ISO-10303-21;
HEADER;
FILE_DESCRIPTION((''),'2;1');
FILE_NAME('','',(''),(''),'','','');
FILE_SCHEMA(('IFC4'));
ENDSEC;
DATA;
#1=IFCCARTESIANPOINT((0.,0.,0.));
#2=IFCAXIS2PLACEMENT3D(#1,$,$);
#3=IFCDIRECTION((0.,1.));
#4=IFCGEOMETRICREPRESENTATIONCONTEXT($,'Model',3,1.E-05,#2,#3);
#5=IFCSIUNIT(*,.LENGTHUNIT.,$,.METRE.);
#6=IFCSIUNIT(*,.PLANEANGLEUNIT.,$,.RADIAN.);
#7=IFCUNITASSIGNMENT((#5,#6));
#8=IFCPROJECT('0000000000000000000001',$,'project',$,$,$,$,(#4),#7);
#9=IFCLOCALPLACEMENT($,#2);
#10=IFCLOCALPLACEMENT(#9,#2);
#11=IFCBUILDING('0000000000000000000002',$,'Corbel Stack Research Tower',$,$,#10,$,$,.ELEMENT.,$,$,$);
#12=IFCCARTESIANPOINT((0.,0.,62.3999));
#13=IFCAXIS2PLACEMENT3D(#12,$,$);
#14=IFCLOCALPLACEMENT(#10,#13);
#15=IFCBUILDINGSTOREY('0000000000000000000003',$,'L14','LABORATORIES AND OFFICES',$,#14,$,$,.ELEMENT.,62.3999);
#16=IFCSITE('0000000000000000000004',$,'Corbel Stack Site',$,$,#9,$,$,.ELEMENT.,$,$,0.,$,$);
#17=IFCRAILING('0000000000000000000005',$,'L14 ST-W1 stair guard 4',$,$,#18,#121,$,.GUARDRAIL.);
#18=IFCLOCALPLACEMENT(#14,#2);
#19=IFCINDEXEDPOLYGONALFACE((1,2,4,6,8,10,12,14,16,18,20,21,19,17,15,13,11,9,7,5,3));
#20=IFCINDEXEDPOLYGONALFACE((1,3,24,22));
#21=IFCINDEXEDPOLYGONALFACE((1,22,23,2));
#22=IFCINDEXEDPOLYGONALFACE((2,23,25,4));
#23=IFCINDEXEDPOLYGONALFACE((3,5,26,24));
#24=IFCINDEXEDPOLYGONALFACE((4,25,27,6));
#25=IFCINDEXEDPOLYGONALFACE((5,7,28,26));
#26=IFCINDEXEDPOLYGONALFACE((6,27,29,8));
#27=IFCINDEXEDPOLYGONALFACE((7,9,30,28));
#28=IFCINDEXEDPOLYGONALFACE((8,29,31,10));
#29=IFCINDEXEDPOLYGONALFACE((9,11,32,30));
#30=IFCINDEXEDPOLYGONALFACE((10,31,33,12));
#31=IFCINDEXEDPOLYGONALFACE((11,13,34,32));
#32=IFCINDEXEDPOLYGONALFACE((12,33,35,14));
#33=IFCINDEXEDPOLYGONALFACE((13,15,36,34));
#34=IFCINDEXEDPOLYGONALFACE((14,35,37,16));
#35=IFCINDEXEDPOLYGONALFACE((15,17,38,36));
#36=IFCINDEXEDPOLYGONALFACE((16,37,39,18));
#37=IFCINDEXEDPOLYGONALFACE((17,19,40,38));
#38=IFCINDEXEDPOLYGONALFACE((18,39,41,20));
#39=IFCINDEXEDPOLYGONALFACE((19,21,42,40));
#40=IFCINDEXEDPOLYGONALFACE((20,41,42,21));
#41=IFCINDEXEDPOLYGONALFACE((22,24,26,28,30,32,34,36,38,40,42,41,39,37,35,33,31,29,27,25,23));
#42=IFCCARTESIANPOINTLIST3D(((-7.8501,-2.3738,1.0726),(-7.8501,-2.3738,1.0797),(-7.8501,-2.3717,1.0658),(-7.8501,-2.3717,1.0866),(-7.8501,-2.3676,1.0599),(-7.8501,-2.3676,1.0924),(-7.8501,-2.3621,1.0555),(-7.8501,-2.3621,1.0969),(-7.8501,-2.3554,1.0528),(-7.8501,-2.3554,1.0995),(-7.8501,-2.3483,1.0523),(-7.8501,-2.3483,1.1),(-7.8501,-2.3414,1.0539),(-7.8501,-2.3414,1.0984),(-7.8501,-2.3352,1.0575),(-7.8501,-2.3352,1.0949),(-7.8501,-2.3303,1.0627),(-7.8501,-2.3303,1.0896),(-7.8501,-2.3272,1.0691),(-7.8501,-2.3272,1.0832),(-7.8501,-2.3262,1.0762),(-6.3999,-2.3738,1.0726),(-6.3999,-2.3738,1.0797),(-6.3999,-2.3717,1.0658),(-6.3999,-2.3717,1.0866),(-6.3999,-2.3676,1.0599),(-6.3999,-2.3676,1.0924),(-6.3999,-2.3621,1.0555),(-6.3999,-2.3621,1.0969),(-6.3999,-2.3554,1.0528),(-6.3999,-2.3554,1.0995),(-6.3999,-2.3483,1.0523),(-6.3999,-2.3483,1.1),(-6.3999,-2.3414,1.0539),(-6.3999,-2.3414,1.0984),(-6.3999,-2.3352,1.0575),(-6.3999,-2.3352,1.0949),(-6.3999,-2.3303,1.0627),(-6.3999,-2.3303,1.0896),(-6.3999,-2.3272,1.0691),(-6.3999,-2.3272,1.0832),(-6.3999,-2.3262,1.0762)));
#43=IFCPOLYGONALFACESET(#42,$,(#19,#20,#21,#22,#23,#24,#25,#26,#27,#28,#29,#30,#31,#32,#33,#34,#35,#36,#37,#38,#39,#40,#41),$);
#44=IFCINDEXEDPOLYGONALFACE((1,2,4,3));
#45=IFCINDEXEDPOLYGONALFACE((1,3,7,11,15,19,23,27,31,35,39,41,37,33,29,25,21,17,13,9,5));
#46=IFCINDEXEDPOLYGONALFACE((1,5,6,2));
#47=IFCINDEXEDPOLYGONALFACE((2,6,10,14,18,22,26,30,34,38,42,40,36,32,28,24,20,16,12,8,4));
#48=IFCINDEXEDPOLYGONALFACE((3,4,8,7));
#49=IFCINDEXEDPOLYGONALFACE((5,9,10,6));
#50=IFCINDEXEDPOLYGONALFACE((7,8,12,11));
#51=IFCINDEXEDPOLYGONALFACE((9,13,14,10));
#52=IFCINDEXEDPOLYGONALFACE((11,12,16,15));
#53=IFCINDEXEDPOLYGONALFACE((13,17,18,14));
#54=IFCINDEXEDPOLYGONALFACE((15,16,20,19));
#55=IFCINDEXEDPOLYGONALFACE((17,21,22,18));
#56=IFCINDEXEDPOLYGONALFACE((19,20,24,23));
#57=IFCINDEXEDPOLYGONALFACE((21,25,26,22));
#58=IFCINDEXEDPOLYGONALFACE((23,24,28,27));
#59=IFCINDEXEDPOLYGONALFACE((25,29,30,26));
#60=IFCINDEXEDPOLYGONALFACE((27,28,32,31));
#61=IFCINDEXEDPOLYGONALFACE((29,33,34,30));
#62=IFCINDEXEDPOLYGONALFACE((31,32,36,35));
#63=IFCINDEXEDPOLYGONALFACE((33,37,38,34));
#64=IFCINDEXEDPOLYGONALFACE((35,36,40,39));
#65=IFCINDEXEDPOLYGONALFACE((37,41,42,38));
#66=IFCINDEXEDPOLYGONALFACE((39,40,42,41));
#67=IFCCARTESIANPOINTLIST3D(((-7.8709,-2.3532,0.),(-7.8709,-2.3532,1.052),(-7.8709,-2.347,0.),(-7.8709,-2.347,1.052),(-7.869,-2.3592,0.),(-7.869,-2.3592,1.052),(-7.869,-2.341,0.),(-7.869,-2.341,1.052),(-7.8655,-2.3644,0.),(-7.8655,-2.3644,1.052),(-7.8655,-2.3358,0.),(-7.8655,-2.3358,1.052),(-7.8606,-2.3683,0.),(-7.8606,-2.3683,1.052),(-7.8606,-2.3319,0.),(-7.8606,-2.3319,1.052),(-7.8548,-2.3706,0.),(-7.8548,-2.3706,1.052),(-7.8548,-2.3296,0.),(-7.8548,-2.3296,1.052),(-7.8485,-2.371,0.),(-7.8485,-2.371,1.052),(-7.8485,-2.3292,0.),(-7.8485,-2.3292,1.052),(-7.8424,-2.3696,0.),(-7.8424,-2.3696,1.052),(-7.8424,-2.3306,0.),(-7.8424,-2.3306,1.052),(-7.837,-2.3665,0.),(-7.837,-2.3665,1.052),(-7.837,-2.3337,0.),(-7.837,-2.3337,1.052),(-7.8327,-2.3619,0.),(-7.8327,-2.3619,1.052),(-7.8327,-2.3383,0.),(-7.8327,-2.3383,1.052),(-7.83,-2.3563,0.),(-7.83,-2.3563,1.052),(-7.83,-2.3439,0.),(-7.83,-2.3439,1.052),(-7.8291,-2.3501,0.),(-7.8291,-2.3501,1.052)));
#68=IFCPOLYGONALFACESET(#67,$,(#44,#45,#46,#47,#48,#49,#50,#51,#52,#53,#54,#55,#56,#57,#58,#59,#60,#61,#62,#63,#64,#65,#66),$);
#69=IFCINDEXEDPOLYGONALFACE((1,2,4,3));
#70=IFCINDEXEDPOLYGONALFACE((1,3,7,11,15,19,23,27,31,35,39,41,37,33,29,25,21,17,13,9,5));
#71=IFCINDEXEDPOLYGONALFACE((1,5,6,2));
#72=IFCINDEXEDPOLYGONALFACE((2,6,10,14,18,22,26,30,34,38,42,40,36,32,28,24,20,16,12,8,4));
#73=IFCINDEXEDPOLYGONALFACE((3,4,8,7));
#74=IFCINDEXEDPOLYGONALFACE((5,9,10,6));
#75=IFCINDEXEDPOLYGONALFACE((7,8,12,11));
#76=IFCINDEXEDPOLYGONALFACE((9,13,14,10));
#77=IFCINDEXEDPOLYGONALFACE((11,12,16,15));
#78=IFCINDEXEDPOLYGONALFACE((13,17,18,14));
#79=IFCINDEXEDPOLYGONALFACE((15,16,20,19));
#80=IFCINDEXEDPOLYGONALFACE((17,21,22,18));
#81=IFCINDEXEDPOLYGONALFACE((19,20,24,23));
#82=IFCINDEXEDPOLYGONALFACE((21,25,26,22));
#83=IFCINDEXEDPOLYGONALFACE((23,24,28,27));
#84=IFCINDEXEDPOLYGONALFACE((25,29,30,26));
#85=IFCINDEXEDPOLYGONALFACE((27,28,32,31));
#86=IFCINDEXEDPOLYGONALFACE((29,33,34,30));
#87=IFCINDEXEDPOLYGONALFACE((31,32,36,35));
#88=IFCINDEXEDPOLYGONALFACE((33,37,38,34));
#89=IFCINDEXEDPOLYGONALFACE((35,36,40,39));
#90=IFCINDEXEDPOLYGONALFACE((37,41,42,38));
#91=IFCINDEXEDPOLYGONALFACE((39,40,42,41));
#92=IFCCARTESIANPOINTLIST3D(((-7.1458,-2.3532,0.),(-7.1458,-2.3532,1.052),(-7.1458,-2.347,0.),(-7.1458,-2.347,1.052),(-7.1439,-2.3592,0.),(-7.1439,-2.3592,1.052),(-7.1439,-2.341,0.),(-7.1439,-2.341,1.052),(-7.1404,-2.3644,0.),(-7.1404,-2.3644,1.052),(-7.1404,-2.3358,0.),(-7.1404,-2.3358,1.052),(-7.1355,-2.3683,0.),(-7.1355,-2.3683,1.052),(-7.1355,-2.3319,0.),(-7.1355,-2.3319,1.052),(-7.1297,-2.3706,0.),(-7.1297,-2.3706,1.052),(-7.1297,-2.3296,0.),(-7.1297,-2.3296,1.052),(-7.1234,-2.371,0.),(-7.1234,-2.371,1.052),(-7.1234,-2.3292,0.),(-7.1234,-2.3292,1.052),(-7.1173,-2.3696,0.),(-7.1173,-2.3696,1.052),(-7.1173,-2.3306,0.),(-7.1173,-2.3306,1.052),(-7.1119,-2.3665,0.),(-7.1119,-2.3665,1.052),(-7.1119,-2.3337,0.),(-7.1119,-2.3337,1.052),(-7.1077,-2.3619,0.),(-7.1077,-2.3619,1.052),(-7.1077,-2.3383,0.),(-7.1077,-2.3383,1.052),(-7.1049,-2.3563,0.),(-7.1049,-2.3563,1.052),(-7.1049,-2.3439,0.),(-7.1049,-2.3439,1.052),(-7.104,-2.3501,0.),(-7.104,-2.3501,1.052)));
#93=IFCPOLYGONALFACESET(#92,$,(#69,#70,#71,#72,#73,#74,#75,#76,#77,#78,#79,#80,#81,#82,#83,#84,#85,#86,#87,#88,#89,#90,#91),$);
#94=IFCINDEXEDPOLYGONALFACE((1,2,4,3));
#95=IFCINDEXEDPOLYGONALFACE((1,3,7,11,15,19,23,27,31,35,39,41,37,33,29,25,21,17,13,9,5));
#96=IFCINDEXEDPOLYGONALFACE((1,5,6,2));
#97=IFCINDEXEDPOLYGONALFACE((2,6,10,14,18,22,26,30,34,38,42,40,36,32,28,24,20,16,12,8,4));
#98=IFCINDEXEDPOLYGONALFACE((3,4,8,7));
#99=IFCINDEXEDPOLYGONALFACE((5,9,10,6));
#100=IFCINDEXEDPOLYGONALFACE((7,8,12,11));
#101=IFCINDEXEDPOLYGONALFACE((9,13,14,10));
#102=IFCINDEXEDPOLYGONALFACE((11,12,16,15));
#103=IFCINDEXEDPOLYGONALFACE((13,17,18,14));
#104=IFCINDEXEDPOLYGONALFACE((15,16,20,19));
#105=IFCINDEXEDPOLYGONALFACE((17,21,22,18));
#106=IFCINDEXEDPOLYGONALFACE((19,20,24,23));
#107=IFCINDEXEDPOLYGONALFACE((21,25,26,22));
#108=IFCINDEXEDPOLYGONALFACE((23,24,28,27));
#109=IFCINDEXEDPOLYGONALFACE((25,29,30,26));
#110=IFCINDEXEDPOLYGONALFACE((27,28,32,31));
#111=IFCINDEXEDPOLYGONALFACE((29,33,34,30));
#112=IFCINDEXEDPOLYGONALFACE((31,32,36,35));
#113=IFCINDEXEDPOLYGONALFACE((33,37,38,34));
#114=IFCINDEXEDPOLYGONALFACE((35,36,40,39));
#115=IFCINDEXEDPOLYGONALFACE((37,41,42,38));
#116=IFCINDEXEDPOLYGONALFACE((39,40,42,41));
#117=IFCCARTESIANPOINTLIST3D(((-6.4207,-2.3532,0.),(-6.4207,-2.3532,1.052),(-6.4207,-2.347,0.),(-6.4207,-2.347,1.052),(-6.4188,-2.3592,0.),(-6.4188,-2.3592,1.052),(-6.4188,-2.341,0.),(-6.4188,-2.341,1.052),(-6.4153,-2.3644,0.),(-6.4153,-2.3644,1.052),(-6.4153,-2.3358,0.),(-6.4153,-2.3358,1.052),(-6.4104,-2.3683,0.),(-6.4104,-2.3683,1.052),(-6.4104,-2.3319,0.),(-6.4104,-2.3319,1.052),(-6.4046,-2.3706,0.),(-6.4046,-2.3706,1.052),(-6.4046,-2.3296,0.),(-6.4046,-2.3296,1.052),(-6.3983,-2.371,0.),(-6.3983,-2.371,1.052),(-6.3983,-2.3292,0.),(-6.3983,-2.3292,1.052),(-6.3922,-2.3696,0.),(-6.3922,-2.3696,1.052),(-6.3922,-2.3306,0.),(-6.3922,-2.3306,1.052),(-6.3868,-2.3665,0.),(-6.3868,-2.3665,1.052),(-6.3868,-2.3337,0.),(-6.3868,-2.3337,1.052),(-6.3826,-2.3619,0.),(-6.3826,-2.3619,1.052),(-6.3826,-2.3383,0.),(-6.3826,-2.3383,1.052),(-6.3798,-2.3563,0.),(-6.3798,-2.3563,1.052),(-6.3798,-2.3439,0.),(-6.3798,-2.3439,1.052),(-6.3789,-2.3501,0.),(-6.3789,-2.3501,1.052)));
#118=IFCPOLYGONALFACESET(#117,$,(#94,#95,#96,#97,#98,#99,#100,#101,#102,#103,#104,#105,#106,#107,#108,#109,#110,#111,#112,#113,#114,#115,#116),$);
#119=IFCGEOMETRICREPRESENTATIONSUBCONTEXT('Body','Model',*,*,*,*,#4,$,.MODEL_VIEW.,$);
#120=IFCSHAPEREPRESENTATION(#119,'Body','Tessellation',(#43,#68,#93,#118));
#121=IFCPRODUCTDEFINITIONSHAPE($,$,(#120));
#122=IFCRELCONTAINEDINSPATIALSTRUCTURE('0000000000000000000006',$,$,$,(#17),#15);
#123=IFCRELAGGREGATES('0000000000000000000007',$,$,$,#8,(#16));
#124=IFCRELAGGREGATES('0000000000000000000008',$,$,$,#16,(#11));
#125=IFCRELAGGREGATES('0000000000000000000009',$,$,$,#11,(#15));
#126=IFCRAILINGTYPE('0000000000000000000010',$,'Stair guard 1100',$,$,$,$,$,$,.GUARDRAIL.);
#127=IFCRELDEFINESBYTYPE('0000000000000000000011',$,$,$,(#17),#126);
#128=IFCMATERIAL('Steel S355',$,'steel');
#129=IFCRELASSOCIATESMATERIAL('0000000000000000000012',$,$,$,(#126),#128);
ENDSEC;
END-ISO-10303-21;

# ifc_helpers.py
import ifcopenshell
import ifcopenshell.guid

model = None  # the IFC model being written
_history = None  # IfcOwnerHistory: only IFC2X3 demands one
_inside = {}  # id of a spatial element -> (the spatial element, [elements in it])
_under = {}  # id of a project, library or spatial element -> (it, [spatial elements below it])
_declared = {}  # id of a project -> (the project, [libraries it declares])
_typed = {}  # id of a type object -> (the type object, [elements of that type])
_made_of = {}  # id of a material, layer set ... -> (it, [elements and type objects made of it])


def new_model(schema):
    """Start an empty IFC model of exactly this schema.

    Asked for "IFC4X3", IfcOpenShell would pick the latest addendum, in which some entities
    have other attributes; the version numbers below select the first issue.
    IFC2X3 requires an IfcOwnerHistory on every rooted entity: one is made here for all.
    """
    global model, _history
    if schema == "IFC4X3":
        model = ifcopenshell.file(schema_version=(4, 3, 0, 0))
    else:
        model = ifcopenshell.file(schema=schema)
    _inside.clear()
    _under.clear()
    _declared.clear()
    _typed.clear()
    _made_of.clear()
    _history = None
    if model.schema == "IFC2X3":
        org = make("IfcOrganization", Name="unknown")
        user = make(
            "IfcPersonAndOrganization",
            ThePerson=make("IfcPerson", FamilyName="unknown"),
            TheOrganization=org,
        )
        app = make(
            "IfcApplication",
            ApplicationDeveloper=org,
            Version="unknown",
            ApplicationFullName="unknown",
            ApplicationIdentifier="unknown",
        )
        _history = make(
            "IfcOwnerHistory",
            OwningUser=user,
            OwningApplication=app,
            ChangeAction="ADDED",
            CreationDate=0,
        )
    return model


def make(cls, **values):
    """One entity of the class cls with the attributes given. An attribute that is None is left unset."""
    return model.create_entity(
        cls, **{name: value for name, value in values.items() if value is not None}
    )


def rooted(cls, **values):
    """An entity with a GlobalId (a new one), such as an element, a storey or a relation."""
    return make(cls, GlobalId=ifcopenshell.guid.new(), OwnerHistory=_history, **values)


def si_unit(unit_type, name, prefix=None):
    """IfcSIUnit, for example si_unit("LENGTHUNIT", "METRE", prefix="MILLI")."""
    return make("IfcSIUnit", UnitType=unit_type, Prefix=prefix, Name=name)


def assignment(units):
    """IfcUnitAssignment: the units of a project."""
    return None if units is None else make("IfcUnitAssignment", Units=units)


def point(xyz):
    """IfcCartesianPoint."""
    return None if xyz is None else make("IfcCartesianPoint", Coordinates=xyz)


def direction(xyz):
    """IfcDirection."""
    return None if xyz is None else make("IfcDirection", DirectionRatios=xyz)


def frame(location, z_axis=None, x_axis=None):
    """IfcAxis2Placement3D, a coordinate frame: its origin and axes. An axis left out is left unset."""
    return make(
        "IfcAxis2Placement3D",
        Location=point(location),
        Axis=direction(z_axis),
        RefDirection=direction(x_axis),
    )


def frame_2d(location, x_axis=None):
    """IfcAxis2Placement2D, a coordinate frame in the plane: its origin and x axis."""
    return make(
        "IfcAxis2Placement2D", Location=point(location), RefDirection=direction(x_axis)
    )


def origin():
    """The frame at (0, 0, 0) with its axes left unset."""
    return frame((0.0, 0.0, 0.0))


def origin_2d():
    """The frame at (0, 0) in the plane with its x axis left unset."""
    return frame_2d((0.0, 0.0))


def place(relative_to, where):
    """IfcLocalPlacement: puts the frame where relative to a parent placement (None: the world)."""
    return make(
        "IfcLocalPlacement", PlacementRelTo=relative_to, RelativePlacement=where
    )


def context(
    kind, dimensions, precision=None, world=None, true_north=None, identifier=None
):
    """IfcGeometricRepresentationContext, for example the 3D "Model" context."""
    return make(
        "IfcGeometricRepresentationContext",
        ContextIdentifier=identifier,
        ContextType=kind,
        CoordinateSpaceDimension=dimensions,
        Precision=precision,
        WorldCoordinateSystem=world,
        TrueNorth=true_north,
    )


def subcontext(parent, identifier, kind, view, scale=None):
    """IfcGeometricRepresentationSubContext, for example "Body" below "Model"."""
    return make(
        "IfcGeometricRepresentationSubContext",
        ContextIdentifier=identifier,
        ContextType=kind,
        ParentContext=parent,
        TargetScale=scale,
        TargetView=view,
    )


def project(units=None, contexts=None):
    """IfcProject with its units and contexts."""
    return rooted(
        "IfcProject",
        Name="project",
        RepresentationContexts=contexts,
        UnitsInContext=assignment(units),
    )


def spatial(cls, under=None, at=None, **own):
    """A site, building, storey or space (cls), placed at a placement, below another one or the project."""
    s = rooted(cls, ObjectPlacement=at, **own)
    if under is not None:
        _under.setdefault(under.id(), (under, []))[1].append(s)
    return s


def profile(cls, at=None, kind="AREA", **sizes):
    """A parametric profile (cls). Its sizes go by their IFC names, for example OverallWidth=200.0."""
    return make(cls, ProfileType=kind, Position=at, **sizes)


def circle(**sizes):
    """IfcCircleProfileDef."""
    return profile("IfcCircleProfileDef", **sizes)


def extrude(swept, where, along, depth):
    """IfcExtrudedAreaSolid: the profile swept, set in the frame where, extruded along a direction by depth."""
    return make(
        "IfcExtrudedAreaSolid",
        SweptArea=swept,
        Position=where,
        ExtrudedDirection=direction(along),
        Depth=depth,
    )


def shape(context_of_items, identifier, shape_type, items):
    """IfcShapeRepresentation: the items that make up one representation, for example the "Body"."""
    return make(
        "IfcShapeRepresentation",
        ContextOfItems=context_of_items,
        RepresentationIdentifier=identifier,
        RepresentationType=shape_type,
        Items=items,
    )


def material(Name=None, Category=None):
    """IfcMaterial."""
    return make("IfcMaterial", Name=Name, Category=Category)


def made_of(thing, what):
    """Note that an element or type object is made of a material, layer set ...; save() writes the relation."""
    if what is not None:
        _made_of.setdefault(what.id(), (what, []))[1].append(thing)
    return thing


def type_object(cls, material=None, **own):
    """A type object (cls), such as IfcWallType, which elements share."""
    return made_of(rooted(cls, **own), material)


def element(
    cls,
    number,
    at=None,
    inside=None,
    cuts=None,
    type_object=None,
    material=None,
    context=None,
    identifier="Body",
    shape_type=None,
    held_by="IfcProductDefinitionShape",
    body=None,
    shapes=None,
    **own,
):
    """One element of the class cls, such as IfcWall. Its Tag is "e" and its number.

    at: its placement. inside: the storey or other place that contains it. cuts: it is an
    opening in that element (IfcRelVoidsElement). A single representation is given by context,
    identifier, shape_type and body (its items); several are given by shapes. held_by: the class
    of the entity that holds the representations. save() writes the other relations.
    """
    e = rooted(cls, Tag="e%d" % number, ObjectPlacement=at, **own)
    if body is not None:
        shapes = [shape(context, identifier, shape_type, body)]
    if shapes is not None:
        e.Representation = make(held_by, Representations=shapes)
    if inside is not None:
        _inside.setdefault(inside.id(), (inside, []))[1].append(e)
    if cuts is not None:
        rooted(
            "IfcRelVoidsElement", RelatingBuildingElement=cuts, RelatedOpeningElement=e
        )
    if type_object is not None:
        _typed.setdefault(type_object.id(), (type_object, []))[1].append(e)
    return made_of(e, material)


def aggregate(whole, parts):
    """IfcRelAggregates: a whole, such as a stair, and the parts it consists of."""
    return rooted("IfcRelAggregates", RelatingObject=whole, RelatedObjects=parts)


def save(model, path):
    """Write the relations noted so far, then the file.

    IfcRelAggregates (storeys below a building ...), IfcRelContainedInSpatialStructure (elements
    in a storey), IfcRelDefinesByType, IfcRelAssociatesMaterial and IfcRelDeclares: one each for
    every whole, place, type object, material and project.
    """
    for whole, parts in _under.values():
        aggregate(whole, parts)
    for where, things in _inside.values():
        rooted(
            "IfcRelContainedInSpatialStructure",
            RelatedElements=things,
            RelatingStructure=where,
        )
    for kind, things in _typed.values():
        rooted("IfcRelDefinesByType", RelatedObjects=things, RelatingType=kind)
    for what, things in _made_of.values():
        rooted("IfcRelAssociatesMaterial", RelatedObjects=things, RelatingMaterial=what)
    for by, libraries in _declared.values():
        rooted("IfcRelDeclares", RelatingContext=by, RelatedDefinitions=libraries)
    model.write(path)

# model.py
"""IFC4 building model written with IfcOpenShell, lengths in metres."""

from ifc_helpers import new_model, si_unit, direction, frame, origin, origin_2d, place, context, subcontext, project, spatial, circle, extrude, material, type_object, element, save


model = new_model("IFC4")

# Units and contexts
model_context = context("Model", 3, precision=1e-05, world=origin(), true_north=direction((0.0, 1.0)))
body_context = subcontext(model_context, "Body", "Model", "MODEL_VIEW")
ifc_project = project(units=[si_unit("LENGTHUNIT", "METRE"), si_unit("PLANEANGLEUNIT", "RADIAN")], contexts=[model_context])

# Site, building, storey
site_placement = place(None, origin())
site = spatial("IfcSite", under=ifc_project, at=site_placement, Name="Corbel Stack Site", CompositionType="ELEMENT", RefElevation=0.0)
building_placement = place(site_placement, origin())
building = spatial("IfcBuilding", under=site, at=building_placement, Name="Corbel Stack Research Tower", CompositionType="ELEMENT")
storey_placement = place(building_placement, frame((0.0, 0.0, 62.3999)))
storey = spatial("IfcBuildingStorey", under=building, at=storey_placement, Name="L14", Description="LABORATORIES AND OFFICES", CompositionType="ELEMENT", Elevation=62.3999)

# Railing
ifc_material_1 = material(Name="Steel S355", Category="steel")
railing_type_1 = type_object("IfcRailingType", Name="Stair guard 1100", PredefinedType="GUARDRAIL", material=ifc_material_1)
railing_1_placement = place(storey_placement, frame((-7.8501, -2.3501, 0.0)))
element("IfcRailing", 1, at=railing_1_placement, inside=storey, type_object=railing_type_1, Name="L14 ST-W1 stair guard 4", PredefinedType="GUARDRAIL", context=body_context, shape_type="SweptSolid", body=[
    extrude(circle(Radius=0.0239, at=origin_2d()), frame((0.0, 0.0, 1.0762), z_axis=(1.0, 0.0, 0.0), x_axis=(0.0, 1.0, 0.0)), (0.0, 0.0, 1.0), 1.4502),
    extrude(circle(Radius=0.021, at=origin_2d()), origin(), (0.0, 0.0, 1.0), 1.052),
    extrude(circle(Radius=0.021, at=origin_2d()), frame((0.7251, 0.0, 0.0)), (0.0, 0.0, 1.0), 1.052),
    extrude(circle(Radius=0.021, at=origin_2d()), frame((1.4502, 0.0, 0.0)), (0.0, 0.0, 1.0), 1.052),
])

save(model, "model.ifc")
